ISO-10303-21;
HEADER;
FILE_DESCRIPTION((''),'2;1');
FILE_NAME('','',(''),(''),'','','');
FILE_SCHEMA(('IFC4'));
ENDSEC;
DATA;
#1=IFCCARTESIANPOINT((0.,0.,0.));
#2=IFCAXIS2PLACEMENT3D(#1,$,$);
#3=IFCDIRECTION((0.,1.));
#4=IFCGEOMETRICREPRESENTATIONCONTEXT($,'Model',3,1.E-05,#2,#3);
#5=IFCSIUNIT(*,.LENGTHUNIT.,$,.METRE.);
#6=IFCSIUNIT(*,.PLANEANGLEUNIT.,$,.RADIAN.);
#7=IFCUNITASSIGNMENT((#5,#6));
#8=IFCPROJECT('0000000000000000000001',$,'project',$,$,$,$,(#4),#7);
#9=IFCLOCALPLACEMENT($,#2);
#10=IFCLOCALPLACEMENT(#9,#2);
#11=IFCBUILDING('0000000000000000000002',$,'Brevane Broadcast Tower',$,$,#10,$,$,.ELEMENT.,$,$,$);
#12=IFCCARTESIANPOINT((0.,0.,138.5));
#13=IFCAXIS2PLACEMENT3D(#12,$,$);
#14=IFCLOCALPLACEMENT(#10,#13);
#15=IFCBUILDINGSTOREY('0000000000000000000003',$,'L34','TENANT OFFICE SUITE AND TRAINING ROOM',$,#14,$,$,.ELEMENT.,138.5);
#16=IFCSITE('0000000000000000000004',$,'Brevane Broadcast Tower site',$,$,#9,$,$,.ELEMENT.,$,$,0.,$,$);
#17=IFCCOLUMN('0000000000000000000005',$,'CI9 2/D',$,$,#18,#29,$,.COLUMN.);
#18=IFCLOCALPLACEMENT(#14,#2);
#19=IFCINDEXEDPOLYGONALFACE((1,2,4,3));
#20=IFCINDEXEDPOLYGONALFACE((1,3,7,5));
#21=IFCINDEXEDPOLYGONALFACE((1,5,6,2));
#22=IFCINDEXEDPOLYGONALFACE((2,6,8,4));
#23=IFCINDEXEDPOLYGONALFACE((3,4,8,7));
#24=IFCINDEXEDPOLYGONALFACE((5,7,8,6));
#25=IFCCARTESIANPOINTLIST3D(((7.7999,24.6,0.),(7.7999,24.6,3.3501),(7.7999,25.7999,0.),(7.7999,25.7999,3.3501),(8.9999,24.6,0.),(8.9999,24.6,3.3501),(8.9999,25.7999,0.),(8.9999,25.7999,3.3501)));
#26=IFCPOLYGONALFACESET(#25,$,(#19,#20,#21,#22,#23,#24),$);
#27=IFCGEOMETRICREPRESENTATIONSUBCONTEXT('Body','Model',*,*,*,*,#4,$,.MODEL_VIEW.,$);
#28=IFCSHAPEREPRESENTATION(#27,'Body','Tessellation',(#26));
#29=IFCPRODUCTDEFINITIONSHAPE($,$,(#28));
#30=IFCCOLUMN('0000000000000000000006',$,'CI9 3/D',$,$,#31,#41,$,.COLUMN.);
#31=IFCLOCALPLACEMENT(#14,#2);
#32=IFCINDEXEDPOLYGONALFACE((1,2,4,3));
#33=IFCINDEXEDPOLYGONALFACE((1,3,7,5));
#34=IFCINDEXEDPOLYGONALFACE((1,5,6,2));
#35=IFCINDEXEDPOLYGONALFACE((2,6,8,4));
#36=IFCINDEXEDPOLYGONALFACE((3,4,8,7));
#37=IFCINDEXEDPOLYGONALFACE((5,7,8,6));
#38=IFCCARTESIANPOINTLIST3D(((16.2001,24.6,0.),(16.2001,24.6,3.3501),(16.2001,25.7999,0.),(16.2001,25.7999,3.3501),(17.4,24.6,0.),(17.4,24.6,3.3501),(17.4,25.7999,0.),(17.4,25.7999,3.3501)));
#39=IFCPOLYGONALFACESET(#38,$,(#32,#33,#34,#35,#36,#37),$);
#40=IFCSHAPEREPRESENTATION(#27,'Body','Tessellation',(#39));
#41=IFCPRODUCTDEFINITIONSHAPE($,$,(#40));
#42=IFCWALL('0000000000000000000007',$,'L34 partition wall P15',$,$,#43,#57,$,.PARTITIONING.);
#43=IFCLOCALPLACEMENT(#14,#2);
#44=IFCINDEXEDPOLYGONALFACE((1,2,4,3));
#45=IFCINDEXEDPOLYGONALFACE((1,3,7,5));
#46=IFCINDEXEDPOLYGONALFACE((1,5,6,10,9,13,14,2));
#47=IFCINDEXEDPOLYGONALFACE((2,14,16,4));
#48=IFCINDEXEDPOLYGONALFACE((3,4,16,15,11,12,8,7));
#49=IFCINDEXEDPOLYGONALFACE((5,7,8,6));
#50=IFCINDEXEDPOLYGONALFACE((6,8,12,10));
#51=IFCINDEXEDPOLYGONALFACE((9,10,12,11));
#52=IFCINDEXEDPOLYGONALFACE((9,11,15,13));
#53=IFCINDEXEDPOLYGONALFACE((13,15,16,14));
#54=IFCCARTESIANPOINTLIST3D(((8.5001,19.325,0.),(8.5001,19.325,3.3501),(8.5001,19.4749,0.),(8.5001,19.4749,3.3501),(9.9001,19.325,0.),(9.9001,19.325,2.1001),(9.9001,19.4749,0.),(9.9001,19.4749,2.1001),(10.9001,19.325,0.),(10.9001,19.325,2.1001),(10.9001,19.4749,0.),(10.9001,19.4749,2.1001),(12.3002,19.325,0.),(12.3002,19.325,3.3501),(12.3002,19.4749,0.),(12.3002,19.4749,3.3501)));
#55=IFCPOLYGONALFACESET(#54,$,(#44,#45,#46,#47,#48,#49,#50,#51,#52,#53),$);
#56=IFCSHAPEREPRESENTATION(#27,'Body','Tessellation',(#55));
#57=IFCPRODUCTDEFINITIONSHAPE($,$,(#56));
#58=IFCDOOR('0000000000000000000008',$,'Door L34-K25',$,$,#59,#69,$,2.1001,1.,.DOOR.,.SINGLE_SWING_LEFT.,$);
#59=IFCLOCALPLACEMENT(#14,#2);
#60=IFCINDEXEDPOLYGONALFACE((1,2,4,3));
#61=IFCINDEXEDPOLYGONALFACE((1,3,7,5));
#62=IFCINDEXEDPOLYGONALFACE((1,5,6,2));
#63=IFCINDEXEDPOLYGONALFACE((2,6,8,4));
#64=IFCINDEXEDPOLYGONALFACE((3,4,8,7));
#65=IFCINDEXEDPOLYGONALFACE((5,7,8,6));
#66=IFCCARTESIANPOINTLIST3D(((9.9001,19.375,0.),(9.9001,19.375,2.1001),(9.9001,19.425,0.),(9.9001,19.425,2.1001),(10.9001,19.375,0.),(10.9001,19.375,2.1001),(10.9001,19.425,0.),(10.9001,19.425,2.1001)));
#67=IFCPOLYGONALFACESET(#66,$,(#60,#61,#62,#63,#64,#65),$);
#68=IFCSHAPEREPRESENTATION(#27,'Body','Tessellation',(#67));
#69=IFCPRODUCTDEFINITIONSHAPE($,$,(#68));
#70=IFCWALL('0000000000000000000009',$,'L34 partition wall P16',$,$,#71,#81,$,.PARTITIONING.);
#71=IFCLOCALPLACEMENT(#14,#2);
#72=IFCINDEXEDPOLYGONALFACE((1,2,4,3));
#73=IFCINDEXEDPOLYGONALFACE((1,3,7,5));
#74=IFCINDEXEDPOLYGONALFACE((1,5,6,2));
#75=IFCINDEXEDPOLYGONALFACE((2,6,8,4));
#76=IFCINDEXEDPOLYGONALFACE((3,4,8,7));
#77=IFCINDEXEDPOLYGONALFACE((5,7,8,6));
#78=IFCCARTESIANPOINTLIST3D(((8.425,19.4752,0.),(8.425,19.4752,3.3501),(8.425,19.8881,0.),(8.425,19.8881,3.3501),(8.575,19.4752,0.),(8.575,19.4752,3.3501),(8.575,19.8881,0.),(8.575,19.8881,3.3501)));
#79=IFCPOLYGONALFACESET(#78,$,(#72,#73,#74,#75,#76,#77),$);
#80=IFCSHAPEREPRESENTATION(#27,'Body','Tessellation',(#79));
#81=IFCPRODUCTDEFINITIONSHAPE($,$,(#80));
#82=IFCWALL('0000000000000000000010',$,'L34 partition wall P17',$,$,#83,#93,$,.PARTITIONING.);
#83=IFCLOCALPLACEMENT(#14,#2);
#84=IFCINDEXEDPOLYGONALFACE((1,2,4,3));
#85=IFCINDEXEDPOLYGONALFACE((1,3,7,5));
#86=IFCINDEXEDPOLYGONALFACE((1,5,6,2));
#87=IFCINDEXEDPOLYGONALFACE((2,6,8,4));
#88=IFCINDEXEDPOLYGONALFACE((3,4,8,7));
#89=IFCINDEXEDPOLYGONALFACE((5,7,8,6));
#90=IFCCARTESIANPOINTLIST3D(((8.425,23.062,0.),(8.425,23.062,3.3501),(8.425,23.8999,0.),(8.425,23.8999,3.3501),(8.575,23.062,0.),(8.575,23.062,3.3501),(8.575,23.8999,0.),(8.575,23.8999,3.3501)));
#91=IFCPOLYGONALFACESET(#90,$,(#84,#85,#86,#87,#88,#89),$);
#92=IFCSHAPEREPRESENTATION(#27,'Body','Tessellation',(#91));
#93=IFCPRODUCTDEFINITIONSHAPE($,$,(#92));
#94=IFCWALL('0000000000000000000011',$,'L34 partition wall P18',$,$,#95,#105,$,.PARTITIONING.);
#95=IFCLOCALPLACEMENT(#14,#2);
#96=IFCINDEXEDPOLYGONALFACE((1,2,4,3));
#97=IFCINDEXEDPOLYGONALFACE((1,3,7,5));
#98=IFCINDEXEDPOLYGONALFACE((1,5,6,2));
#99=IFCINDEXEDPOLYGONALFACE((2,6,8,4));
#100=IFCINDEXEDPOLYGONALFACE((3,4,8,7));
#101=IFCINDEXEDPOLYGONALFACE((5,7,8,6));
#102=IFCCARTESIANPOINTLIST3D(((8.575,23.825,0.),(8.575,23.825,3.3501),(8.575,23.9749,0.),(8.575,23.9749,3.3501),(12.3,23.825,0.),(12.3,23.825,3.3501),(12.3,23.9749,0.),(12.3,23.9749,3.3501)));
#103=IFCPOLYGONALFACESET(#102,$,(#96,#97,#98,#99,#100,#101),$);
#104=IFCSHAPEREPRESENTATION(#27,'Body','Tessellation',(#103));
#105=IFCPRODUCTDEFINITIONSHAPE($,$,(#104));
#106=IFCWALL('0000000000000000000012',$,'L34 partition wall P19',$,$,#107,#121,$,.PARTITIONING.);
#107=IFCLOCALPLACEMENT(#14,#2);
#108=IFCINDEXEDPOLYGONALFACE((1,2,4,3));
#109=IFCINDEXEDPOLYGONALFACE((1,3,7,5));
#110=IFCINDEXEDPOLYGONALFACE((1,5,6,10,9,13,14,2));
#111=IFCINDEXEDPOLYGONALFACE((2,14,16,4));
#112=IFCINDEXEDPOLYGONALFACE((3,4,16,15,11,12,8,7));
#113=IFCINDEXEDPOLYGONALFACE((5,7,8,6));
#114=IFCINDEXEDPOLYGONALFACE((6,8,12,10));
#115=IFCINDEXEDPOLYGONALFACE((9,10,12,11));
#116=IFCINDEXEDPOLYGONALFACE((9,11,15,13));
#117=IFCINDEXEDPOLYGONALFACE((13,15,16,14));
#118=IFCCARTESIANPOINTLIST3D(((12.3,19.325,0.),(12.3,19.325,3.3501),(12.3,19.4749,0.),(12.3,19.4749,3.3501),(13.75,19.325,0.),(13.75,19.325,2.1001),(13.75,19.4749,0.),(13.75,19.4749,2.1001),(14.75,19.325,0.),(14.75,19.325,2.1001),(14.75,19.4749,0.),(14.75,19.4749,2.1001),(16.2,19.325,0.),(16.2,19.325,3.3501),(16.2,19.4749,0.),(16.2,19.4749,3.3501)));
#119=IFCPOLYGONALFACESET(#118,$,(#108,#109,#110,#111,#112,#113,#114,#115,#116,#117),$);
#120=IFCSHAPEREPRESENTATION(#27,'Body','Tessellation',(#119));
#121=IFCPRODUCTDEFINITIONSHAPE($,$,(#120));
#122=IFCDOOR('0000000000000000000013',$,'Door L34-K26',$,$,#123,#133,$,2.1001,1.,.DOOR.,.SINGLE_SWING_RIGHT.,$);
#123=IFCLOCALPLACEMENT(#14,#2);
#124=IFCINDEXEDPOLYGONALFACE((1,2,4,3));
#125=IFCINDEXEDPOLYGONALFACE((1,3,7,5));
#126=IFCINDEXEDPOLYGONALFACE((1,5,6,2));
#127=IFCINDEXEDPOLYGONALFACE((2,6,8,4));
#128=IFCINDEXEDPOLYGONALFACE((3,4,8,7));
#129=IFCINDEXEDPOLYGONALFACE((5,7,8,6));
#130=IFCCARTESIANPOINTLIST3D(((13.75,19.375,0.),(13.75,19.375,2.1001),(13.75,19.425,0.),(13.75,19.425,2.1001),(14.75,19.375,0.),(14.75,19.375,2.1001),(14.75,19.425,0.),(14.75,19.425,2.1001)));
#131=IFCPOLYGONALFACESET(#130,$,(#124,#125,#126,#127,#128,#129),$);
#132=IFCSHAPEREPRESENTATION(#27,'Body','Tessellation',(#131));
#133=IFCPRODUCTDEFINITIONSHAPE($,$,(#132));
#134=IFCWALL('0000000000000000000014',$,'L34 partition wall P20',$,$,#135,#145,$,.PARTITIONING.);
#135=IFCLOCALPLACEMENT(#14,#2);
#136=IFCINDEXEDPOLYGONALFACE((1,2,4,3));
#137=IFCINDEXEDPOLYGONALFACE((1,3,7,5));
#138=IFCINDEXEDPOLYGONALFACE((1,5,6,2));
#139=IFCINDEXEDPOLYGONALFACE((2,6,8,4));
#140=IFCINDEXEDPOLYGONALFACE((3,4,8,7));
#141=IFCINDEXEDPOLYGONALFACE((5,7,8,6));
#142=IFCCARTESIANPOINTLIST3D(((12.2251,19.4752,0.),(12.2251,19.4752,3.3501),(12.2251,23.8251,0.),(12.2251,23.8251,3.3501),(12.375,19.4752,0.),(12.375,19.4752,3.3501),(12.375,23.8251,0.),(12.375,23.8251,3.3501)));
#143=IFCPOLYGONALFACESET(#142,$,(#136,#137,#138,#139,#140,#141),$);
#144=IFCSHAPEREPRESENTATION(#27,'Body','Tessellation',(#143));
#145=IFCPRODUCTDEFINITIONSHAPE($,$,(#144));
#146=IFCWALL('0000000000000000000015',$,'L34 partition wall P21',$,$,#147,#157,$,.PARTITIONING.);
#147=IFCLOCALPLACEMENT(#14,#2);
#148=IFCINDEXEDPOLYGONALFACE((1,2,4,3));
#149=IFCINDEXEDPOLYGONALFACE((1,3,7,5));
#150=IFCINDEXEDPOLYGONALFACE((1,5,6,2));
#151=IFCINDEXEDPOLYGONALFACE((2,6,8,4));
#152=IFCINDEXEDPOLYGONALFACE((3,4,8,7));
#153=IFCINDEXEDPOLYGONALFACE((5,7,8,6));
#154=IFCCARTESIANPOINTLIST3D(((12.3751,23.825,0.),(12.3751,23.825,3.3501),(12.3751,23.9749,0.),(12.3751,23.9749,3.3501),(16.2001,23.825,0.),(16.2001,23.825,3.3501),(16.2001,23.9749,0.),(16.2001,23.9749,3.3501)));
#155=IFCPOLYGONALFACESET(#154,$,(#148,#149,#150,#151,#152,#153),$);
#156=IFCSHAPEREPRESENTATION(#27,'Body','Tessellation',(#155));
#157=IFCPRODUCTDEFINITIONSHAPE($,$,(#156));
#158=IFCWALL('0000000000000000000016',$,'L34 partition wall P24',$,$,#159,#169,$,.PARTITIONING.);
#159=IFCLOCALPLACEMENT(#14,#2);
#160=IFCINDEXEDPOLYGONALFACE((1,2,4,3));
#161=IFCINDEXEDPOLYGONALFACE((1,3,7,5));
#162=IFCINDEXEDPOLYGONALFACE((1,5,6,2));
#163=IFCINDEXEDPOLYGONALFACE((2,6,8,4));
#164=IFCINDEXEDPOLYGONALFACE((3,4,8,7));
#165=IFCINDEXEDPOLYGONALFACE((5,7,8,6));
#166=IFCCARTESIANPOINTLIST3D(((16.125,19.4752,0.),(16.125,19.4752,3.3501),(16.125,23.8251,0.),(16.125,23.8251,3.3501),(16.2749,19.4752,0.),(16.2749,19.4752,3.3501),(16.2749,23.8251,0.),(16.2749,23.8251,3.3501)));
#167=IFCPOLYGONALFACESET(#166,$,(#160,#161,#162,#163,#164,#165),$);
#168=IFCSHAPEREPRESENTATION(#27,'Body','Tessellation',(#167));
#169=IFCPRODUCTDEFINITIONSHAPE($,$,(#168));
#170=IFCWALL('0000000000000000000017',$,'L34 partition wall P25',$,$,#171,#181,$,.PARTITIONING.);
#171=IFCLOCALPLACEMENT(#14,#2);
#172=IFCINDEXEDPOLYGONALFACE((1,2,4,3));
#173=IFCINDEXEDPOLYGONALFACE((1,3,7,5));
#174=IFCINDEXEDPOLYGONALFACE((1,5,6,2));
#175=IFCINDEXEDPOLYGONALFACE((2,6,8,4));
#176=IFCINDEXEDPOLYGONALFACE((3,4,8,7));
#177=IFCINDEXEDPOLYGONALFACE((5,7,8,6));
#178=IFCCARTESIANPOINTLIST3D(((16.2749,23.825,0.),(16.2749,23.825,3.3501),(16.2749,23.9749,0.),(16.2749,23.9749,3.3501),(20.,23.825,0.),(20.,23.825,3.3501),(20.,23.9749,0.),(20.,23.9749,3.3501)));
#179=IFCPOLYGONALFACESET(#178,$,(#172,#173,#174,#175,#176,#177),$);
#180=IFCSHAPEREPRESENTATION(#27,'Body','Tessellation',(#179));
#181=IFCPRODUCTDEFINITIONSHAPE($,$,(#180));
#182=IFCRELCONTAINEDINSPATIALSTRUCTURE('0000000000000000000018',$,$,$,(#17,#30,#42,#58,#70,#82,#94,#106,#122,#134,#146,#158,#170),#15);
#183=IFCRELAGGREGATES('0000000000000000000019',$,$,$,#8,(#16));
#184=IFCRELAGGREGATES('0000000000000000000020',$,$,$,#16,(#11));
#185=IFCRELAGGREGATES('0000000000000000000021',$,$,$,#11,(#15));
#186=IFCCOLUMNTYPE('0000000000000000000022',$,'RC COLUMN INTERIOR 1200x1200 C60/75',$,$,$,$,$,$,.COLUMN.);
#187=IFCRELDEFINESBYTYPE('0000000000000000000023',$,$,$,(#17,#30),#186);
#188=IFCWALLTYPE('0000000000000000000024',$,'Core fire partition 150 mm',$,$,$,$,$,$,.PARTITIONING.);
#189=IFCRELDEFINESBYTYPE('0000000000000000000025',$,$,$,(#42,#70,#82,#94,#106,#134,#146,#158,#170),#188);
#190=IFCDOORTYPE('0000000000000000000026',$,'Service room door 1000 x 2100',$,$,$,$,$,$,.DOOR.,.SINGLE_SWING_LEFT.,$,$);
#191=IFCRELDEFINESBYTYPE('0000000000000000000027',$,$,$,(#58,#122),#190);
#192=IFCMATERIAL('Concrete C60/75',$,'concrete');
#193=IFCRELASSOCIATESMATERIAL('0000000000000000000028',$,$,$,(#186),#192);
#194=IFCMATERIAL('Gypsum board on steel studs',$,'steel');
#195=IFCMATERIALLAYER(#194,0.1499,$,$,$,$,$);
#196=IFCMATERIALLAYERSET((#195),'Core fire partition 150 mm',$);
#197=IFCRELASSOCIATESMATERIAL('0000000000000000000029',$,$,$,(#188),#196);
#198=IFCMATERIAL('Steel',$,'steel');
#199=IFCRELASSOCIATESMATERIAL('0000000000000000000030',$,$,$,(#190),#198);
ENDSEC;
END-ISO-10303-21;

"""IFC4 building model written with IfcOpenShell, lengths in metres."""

from ifc_helpers import new_model, si_unit, direction, frame, frame_2d, origin, origin_2d, place, context, subcontext, project, spatial, rectangle, extrude, material, layer, layer_set, material_profile, profile_set, type_object, element, fill, save


model = new_model("IFC4")

# Units and contexts
model_context = context("Model", 3, precision=1e-05, world=origin(), true_north=direction((0.0, 1.0)))
body_context = subcontext(model_context, "Body", "Model", "MODEL_VIEW")
ifc_project = project(units=[si_unit("LENGTHUNIT", "METRE"), si_unit("PLANEANGLEUNIT", "RADIAN")], contexts=[model_context])

# Site, building, storey
site_placement = place(None, origin())
site = spatial("IfcSite", under=ifc_project, at=site_placement, Name="Brevane Broadcast Tower site", CompositionType="ELEMENT", RefElevation=0.0)
building_placement = place(site_placement, origin())
building = spatial("IfcBuilding", under=site, at=building_placement, Name="Brevane Broadcast Tower", CompositionType="ELEMENT")
storey_placement = place(building_placement, frame((0.0, 0.0, 138.5)))
storey = spatial("IfcBuildingStorey", under=building, at=storey_placement, Name="L34", Description="TENANT OFFICE SUITE AND TRAINING ROOM", CompositionType="ELEMENT", Elevation=138.5)

# Columns
ifc_material_1 = material(Name="Concrete C60/75", Category="concrete")
ifc_material_profile = material_profile(ifc_material_1, rectangle(XDim=1.2, YDim=1.2, at=origin_2d()), Name="RC 1200x1200")
ifc_profile_set = profile_set([ifc_material_profile], Name="Concrete C60/75")
column_type = type_object("IfcColumnType", Name="RC COLUMN INTERIOR 1200x1200 C60/75", PredefinedType="COLUMN", material=ifc_profile_set)
for number, where, z_axis, x_axis, name in (
    (1, (8.3999, 25.2, 0.0), (0.0, 0.0, 1.0), (1.0, 0.0, 0.0), "CI9 2/D"),
    (2, (16.8, 25.2, 0.0), (0.0, 0.0, 1.0), (1.0, 0.0, 0.0), "CI9 3/D"),
):
    element("IfcColumn", number, at=place(storey_placement, frame(where, z_axis=z_axis, x_axis=x_axis)), inside=storey, type_object=column_type, Name=name, PredefinedType="COLUMN", context=body_context, shape_type="SweptSolid", body=[
        extrude(rectangle(XDim=1.2, YDim=1.2, at=origin_2d()), origin(), (0.0, 0.0, 1.0), 3.3501),
    ])

# Wall, opening, door
ifc_material_2 = material(Name="Gypsum board on steel studs", Category="steel")
ifc_layer_1 = layer(ifc_material_2, 0.1499)
ifc_layer_set_1 = layer_set([ifc_layer_1], Name="Core fire partition 150 mm")
wall_type_1 = type_object("IfcWallType", Name="Core fire partition 150 mm", PredefinedType="PARTITIONING", material=ifc_layer_set_1)
wall_1_placement = place(storey_placement, frame((12.3, 19.3999, 0.0), z_axis=(0.0, 0.0, 1.0), x_axis=(-1.0, 0.0, 0.0)))
wall_1 = element("IfcWall", 3, at=wall_1_placement, inside=storey, type_object=wall_type_1, Name="L34 partition wall P15", PredefinedType="PARTITIONING", context=body_context, shape_type="SweptSolid", body=[
    extrude(rectangle(XDim=3.8, YDim=0.1499, at=frame_2d((1.8999, 0.0))), origin(), (0.0, 0.0, 1.0), 3.3501),
])
opening_1_placement = place(wall_1_placement, frame((1.3999, 0.0, 0.0)))
opening_1 = element("IfcOpeningElement", 4, at=opening_1_placement, cuts=wall_1, PredefinedType="OPENING", context=body_context, shape_type="SweptSolid", body=[
    extrude(rectangle(XDim=1.0, YDim=2.1001, at=frame_2d((0.5, 1.05))), frame((0.0, 0.085, 0.0), z_axis=(0.0, -1.0, 0.0), x_axis=(1.0, 0.0, 0.0)), (0.0, 0.0, 1.0), 0.1699),
])
ifc_material_3 = material(Name="Steel", Category="steel")
door_type_1 = type_object("IfcDoorType", Name="Service room door 1000 x 2100", OperationType="SINGLE_SWING_LEFT", PredefinedType="DOOR", material=ifc_material_3)
door_1_placement = place(opening_1_placement, origin())
door_1 = element("IfcDoor", 5, at=door_1_placement, inside=storey, type_object=door_type_1, Name="Door L34-K25", OperationType="SINGLE_SWING_LEFT", OverallHeight=2.1001, OverallWidth=1.0, PredefinedType="DOOR", context=body_context, shape_type="SweptSolid", body=[
    extrude(rectangle(XDim=1.0, YDim=2.1001, at=frame_2d((0.5, 1.05))), frame((0.0, 0.0249, 0.0), z_axis=(0.0, -1.0, 0.0), x_axis=(1.0, 0.0, 0.0)), (0.0, 0.0, 1.0), 0.05),
])
fill(opening_1, door_1)

# Walls
wall_2_placement = place(storey_placement, frame((8.5, 19.4751, 0.0), z_axis=(0.0, 0.0, 1.0), x_axis=(0.0, 1.0, 0.0)))
element("IfcWall", 6, at=wall_2_placement, inside=storey, type_object=wall_type_1, Name="L34 partition wall P16", PredefinedType="PARTITIONING", context=body_context, shape_type="SweptSolid", body=[
    extrude(rectangle(XDim=0.4128, YDim=0.1499, at=frame_2d((0.2065, 0.0))), origin(), (0.0, 0.0, 1.0), 3.3501),
])
wall_3_placement = place(storey_placement, frame((8.5, 23.062, 0.0), z_axis=(0.0, 0.0, 1.0), x_axis=(0.0, 1.0, 0.0)))
element("IfcWall", 7, at=wall_3_placement, inside=storey, type_object=wall_type_1, Name="L34 partition wall P17", PredefinedType="PARTITIONING", context=body_context, shape_type="SweptSolid", body=[
    extrude(rectangle(XDim=0.8379, YDim=0.1499, at=frame_2d((0.4189, 0.0))), origin(), (0.0, 0.0, 1.0), 3.3501),
])
wall_4_placement = place(storey_placement, frame((8.575, 23.8999, 0.0), z_axis=(0.0, 0.0, 1.0), x_axis=(1.0, 0.0, 0.0)))
element("IfcWall", 8, at=wall_4_placement, inside=storey, type_object=wall_type_1, Name="L34 partition wall P18", PredefinedType="PARTITIONING", context=body_context, shape_type="SweptSolid", body=[
    extrude(rectangle(XDim=3.7251, YDim=0.1499, at=frame_2d((1.8625, 0.0))), origin(), (0.0, 0.0, 1.0), 3.3501),
])

# Wall, opening, door
wall_5_placement = place(storey_placement, frame((16.2, 19.3999, 0.0), z_axis=(0.0, 0.0, 1.0), x_axis=(-1.0, 0.0, 0.0)))
wall_5 = element("IfcWall", 9, at=wall_5_placement, inside=storey, type_object=wall_type_1, Name="L34 partition wall P19", PredefinedType="PARTITIONING", context=body_context, shape_type="SweptSolid", body=[
    extrude(rectangle(XDim=3.8999, YDim=0.1499, at=frame_2d((1.95, 0.0))), origin(), (0.0, 0.0, 1.0), 3.3501),
])
opening_2_placement = place(wall_5_placement, frame((1.45, 0.0, 0.0)))
opening_2 = element("IfcOpeningElement", 10, at=opening_2_placement, cuts=wall_5, PredefinedType="OPENING", context=body_context, shape_type="SweptSolid", body=[
    extrude(rectangle(XDim=1.0, YDim=2.1001, at=frame_2d((0.5, 1.05))), frame((0.0, 0.085, 0.0), z_axis=(0.0, -1.0, 0.0), x_axis=(1.0, 0.0, 0.0)), (0.0, 0.0, 1.0), 0.1699),
])
door_2_placement = place(opening_2_placement, origin())
door_2 = element("IfcDoor", 11, at=door_2_placement, inside=storey, type_object=door_type_1, Name="Door L34-K26", OperationType="SINGLE_SWING_RIGHT", OverallHeight=2.1001, OverallWidth=1.0, PredefinedType="DOOR", context=body_context, shape_type="SweptSolid", body=[
    extrude(rectangle(XDim=1.0, YDim=2.1001, at=frame_2d((0.5, 1.05))), frame((0.0, 0.0249, 0.0), z_axis=(0.0, -1.0, 0.0), x_axis=(1.0, 0.0, 0.0)), (0.0, 0.0, 1.0), 0.05),
])
fill(opening_2, door_2)

# Walls
wall_6_placement = place(storey_placement, frame((12.3, 23.825, 0.0), z_axis=(0.0, 0.0, 1.0), x_axis=(0.0, -1.0, 0.0)))
element("IfcWall", 12, at=wall_6_placement, inside=storey, type_object=wall_type_1, Name="L34 partition wall P20", PredefinedType="PARTITIONING", context=body_context, shape_type="SweptSolid", body=[
    extrude(rectangle(XDim=4.3499, YDim=0.1499, at=frame_2d((2.1748, 0.0))), origin(), (0.0, 0.0, 1.0), 3.3501),
])
wall_7_placement = place(storey_placement, frame((12.375, 23.8999, 0.0), z_axis=(0.0, 0.0, 1.0), x_axis=(1.0, 0.0, 0.0)))
element("IfcWall", 13, at=wall_7_placement, inside=storey, type_object=wall_type_1, Name="L34 partition wall P21", PredefinedType="PARTITIONING", context=body_context, shape_type="SweptSolid", body=[
    extrude(rectangle(XDim=3.825, YDim=0.1499, at=frame_2d((1.9126, 0.0))), origin(), (0.0, 0.0, 1.0), 3.3501),
])
wall_8_placement = place(storey_placement, frame((16.2, 23.825, 0.0), z_axis=(0.0, 0.0, 1.0), x_axis=(0.0, -1.0, 0.0)))
element("IfcWall", 14, at=wall_8_placement, inside=storey, type_object=wall_type_1, Name="L34 partition wall P24", PredefinedType="PARTITIONING", context=body_context, shape_type="SweptSolid", body=[
    extrude(rectangle(XDim=4.3499, YDim=0.1499, at=frame_2d((2.1748, 0.0))), origin(), (0.0, 0.0, 1.0), 3.3501),
])
wall_9_placement = place(storey_placement, frame((16.2749, 23.8999, 0.0), z_axis=(0.0, 0.0, 1.0), x_axis=(1.0, 0.0, 0.0)))
element("IfcWall", 15, at=wall_9_placement, inside=storey, type_object=wall_type_1, Name="L34 partition wall P25", PredefinedType="PARTITIONING", context=body_context, shape_type="SweptSolid", body=[
    extrude(rectangle(XDim=3.7251, YDim=0.1499, at=frame_2d((1.8625, 0.0))), origin(), (0.0, 0.0, 1.0), 3.3501),
])

save(model, "model.ifc")
